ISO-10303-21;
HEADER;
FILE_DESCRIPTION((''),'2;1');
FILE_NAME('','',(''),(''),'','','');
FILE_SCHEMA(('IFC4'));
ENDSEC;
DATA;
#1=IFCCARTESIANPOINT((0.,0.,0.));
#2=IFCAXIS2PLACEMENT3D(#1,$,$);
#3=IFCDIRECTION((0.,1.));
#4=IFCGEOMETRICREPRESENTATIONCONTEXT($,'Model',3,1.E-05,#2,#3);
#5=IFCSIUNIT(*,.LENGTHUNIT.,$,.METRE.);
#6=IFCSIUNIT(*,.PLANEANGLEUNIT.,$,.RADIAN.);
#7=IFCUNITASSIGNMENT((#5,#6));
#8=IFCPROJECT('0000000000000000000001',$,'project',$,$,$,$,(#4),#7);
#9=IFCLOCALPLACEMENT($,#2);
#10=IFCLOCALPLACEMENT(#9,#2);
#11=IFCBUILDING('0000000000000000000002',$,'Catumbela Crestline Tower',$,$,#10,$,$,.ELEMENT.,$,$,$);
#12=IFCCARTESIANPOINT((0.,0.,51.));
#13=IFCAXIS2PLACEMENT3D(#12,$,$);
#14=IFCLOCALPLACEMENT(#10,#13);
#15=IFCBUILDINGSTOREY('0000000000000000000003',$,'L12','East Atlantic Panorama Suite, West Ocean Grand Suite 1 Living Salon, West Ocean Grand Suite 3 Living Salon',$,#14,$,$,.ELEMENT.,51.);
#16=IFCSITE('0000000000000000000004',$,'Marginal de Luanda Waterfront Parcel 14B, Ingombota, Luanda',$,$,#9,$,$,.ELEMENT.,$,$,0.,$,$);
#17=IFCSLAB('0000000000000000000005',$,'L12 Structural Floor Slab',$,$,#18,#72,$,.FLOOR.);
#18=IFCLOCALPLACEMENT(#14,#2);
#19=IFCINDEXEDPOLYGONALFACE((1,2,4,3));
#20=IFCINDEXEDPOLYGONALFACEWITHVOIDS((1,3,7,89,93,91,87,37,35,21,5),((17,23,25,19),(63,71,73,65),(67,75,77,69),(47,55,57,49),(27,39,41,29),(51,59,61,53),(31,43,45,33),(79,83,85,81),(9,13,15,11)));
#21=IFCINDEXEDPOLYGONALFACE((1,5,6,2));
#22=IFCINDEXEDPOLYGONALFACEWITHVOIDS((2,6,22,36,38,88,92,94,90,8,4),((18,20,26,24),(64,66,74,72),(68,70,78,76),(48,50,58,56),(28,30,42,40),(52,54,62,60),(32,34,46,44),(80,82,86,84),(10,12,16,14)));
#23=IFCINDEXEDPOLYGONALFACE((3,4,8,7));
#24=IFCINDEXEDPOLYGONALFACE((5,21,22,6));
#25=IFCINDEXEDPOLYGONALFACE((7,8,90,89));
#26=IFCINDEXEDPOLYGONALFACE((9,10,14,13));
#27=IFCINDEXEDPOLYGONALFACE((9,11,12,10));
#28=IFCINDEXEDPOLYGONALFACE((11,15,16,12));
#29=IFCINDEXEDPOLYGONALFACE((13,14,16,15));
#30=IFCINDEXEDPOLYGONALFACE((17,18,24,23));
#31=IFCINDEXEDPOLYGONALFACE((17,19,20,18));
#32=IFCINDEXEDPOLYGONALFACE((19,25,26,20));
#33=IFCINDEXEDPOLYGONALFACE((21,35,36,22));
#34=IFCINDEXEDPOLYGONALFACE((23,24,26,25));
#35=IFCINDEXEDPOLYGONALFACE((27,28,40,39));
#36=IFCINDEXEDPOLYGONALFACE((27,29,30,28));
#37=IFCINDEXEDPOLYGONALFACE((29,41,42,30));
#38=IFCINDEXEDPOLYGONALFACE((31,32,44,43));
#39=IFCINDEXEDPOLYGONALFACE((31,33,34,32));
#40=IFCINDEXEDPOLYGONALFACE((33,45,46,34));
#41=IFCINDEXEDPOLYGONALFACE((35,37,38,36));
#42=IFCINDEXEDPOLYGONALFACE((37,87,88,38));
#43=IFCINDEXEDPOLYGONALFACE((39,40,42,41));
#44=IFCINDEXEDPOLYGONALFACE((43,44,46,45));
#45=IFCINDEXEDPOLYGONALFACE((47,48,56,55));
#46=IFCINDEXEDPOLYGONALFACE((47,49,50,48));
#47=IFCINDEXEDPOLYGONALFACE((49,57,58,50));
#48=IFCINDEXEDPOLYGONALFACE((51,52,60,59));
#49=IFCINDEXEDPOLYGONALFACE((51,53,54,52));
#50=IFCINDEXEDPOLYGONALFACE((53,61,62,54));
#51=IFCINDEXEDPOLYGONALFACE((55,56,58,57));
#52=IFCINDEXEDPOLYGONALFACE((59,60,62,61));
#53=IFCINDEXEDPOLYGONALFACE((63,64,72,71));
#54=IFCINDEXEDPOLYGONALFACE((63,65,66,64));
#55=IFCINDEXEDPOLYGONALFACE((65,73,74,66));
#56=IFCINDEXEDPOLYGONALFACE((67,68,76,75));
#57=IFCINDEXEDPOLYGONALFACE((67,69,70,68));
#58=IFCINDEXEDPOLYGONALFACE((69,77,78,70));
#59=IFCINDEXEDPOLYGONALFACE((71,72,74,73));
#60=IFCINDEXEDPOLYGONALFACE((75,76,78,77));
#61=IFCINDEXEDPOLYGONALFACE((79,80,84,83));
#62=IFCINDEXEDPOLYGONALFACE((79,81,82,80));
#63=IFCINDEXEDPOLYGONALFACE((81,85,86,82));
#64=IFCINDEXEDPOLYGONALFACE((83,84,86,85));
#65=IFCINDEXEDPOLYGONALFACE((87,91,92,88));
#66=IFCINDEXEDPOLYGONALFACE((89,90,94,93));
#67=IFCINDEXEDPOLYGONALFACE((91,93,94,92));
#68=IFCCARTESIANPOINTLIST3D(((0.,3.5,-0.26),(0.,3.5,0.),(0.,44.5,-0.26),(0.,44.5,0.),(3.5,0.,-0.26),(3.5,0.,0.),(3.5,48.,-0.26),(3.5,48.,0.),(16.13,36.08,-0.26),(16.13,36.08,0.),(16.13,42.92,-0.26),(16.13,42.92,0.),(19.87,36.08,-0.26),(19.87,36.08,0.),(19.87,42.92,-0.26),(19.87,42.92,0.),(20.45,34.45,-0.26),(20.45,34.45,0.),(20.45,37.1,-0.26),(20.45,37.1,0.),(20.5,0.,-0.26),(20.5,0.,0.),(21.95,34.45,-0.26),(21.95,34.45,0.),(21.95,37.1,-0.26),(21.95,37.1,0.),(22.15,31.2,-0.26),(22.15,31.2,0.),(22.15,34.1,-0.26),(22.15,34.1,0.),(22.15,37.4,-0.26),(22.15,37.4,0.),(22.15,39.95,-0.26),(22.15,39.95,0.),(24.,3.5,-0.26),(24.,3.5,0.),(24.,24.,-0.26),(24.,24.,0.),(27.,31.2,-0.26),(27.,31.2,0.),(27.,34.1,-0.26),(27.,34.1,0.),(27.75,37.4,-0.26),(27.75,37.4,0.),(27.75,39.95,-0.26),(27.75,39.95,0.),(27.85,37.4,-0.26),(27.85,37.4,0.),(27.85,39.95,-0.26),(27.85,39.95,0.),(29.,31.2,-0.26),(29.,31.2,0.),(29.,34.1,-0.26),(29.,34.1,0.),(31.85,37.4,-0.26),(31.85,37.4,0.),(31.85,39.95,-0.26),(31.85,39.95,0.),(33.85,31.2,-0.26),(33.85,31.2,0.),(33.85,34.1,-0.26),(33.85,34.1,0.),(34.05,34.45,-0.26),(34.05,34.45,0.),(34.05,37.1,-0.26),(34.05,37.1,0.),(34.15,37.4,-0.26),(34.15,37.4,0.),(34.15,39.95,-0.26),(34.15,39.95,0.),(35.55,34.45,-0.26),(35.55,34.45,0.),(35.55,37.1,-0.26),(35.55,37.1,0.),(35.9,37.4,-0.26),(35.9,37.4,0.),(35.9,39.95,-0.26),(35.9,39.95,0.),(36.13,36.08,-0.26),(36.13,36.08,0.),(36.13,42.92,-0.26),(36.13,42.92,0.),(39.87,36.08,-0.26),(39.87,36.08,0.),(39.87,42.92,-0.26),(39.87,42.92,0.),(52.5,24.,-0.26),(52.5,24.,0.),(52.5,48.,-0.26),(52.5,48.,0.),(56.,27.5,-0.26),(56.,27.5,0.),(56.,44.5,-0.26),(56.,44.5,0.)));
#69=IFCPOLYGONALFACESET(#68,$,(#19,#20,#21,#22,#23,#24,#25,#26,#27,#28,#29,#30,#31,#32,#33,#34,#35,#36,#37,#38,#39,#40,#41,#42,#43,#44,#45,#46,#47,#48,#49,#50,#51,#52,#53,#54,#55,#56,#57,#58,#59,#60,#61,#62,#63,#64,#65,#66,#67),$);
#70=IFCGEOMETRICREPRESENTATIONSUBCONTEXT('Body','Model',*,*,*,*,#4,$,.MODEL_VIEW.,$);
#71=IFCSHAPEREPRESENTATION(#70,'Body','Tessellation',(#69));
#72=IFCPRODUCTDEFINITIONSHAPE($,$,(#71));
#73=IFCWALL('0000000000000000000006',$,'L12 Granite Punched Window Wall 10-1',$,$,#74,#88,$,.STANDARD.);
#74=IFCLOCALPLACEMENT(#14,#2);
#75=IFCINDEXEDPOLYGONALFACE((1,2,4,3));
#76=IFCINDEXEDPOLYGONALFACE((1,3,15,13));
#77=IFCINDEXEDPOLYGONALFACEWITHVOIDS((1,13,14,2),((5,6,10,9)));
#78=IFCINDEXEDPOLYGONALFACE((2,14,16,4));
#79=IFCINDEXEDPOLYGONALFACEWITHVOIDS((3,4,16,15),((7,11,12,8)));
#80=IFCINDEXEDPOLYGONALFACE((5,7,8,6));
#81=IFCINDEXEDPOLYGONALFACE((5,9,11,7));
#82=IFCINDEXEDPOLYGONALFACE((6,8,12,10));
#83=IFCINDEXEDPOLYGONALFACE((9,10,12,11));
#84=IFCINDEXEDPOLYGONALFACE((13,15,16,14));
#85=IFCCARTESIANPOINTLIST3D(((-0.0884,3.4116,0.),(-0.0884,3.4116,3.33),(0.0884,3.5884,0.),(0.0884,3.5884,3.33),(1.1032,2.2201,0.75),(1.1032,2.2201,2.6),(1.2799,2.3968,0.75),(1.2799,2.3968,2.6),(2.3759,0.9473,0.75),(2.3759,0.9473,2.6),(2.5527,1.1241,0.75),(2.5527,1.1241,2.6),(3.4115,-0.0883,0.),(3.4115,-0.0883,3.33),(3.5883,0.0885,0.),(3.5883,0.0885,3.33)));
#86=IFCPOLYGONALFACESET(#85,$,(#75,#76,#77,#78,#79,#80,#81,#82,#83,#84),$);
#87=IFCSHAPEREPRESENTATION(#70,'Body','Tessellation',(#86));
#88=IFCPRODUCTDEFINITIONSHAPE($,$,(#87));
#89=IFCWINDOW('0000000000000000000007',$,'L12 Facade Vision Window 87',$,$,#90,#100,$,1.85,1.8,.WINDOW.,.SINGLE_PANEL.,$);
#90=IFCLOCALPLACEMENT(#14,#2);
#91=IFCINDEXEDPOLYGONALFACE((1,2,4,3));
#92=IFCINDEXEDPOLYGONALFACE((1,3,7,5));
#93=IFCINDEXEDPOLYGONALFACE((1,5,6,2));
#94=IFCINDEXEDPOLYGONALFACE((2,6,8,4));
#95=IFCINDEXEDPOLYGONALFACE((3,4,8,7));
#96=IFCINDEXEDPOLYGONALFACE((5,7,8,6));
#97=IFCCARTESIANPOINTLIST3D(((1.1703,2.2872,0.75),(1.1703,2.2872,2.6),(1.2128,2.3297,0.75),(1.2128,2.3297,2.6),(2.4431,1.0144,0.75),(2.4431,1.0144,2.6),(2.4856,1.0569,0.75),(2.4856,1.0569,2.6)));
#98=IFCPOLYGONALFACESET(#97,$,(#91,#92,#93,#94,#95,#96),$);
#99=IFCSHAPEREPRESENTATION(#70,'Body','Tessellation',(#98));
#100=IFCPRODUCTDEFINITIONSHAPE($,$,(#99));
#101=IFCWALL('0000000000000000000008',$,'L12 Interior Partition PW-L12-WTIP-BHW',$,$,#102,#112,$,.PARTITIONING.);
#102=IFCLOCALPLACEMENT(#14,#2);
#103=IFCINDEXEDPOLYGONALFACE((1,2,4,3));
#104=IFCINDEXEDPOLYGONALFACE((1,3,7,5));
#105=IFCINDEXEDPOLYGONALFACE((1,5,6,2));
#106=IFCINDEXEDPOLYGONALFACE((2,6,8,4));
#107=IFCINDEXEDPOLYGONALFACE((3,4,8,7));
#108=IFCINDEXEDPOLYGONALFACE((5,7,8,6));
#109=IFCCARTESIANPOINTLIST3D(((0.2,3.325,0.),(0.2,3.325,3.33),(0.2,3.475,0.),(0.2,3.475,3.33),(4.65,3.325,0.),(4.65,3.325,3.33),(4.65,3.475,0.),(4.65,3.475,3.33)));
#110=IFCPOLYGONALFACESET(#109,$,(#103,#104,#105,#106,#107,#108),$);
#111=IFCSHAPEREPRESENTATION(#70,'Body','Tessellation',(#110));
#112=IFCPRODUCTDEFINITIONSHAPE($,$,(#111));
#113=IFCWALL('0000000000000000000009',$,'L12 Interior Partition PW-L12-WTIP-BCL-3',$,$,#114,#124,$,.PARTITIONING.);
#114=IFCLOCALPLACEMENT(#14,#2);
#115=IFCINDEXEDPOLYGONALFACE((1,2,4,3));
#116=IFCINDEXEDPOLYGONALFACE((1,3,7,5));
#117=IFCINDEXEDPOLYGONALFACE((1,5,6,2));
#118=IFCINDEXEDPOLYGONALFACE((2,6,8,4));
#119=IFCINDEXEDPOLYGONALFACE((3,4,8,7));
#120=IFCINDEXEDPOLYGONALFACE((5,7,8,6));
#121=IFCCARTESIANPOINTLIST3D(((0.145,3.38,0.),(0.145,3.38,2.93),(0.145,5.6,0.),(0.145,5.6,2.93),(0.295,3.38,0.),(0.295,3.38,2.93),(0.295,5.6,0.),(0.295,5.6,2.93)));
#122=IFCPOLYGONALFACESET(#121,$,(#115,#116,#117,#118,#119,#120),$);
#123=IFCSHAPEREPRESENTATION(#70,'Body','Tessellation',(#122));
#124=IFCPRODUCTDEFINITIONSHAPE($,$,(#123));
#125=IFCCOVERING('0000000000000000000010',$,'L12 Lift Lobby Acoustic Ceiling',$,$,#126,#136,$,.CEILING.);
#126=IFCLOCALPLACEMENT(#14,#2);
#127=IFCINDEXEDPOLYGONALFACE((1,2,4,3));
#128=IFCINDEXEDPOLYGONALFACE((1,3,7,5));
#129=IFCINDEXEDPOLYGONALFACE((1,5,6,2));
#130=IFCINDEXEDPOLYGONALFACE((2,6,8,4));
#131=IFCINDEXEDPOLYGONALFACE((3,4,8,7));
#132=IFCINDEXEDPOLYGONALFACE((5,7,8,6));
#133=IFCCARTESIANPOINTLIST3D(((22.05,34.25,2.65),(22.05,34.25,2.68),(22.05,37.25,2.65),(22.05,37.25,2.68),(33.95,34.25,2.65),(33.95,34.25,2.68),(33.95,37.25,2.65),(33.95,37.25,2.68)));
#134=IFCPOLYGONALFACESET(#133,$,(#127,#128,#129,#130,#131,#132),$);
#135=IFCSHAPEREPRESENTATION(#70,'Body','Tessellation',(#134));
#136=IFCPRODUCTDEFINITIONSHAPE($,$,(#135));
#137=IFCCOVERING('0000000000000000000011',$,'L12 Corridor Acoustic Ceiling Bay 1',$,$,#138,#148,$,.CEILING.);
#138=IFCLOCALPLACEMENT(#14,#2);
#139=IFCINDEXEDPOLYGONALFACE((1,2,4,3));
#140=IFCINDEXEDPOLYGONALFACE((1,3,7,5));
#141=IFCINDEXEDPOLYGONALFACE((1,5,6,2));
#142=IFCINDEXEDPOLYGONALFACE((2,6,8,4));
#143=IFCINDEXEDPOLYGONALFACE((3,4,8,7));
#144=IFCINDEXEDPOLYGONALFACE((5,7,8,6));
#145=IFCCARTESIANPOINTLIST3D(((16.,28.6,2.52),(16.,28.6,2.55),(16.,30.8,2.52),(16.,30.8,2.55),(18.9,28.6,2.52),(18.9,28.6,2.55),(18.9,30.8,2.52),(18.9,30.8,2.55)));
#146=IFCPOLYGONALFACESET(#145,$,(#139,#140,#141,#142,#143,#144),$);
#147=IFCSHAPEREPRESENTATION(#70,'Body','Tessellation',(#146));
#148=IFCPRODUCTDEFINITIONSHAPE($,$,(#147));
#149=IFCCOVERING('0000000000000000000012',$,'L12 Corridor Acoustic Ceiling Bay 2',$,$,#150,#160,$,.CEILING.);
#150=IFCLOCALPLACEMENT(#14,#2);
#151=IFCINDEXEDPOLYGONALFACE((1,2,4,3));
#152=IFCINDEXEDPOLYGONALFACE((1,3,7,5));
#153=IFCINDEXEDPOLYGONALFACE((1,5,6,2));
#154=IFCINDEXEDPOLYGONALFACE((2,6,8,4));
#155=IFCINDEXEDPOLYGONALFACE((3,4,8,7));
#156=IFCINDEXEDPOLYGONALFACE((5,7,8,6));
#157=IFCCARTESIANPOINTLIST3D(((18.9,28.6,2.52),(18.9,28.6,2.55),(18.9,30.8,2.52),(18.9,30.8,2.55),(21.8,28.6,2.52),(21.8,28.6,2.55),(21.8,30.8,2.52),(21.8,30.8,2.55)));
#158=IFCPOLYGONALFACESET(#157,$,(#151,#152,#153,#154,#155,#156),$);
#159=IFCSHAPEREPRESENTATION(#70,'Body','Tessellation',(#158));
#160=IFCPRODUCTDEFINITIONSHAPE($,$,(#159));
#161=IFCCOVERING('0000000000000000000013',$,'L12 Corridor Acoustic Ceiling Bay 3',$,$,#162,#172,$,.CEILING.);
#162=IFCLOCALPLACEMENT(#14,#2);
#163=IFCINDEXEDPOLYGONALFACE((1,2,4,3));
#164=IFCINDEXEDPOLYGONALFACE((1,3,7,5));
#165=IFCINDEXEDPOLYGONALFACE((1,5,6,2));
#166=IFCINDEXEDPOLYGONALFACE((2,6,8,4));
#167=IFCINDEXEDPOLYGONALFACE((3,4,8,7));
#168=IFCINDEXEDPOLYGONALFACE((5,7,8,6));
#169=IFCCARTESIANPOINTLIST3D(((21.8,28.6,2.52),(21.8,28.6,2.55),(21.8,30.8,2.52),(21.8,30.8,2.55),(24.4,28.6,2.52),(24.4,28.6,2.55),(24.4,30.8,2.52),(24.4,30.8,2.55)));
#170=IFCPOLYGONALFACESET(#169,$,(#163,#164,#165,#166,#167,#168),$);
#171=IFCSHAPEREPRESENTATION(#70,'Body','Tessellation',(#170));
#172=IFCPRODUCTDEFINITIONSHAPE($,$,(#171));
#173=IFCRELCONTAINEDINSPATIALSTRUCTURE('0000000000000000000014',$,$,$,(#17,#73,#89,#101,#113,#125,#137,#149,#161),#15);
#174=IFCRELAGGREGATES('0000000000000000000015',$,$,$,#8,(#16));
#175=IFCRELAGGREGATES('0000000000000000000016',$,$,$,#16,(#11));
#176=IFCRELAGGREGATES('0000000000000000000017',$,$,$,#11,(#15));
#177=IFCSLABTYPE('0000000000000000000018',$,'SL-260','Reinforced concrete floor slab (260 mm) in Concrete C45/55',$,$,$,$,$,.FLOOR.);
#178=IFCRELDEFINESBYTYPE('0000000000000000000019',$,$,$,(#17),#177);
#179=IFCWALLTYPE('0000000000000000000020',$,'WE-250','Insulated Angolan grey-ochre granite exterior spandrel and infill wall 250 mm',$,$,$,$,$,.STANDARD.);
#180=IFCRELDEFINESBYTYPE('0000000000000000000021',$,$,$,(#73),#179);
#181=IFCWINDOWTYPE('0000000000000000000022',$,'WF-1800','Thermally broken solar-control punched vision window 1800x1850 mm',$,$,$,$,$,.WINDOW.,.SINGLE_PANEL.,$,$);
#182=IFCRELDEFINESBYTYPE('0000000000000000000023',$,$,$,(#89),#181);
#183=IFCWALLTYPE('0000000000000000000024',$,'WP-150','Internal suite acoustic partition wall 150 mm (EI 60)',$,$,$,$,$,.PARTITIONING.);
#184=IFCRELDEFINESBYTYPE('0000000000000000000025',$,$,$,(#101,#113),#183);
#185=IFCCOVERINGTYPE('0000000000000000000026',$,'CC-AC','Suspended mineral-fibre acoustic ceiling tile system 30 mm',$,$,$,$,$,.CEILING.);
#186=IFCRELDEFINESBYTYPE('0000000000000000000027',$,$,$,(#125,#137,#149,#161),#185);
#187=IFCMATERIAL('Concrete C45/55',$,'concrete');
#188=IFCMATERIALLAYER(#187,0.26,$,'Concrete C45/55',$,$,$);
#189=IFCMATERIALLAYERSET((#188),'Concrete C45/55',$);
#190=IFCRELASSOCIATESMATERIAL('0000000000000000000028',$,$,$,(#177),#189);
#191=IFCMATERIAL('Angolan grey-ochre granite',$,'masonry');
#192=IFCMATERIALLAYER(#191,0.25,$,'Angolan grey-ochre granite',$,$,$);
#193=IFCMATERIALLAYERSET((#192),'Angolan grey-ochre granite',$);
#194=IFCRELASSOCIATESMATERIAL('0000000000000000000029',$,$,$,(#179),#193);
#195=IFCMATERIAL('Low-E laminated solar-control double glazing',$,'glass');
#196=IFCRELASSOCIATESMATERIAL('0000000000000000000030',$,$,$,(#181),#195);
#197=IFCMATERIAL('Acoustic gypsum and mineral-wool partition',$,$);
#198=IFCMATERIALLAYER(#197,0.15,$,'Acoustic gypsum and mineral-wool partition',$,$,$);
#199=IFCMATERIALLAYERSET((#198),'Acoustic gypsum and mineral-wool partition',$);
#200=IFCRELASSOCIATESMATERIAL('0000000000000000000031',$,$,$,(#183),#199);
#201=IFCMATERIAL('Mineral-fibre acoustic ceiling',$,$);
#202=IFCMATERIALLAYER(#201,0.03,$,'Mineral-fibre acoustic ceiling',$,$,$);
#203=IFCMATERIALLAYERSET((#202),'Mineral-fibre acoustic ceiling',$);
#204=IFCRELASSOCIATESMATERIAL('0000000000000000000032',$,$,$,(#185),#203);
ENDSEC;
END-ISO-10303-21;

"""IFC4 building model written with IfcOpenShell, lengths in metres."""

from ifc_helpers import new_model, si_unit, direction, frame, frame_2d, origin, place, context, subcontext, project, spatial, polyline, rectangle, outline, extrude, material, layer, layer_set, type_object, element, fill, save


model = new_model("IFC4")

# Units and contexts
model_context = context("Model", 3, precision=1e-05, world=origin(), true_north=direction((0.0, 1.0)))
body_context = subcontext(model_context, "Body", "Model", "MODEL_VIEW")
ifc_project = project(units=[si_unit("LENGTHUNIT", "METRE"), si_unit("PLANEANGLEUNIT", "RADIAN")], contexts=[model_context])

# Site, building, storey
site_placement = place(None, origin())
site = spatial("IfcSite", under=ifc_project, at=site_placement, Name="Marginal de Luanda Waterfront Parcel 14B, Ingombota, Luanda", CompositionType="ELEMENT", RefElevation=0.0)
building_placement = place(site_placement, origin())
building = spatial("IfcBuilding", under=site, at=building_placement, Name="Catumbela Crestline Tower", CompositionType="ELEMENT")
storey_placement = place(building_placement, frame((0.0, 0.0, 51.0)))
storey = spatial("IfcBuildingStorey", under=building, at=storey_placement, Name="L12", Description="East Atlantic Panorama Suite, West Ocean Grand Suite 1 Living Salon, West Ocean Grand Suite 3 Living Salon", CompositionType="ELEMENT", Elevation=51.0)

# Shared definitions
ifc_material_1 = material(Name="Concrete C45/55", Category="concrete")

# Slab
ifc_layer_1 = layer(ifc_material_1, 0.26, Name="Concrete C45/55")
ifc_layer_set_1 = layer_set([ifc_layer_1], Name="Concrete C45/55")
slab_type_1 = type_object("IfcSlabType", Name="SL-260", Description="Reinforced concrete floor slab (260 mm) in Concrete C45/55", PredefinedType="FLOOR", material=ifc_layer_set_1)
slab_1_placement = place(storey_placement, frame((0.0, 0.0, -0.26)))
element("IfcSlab", 1, at=slab_1_placement, inside=storey, type_object=slab_type_1, Name="L12 Structural Floor Slab", PredefinedType="FLOOR", context=body_context, shape_type="SweptSolid", body=[
    extrude(outline(polyline([(3.5, 0.0), (20.5, 0.0), (24.0, 3.5), (24.0, 24.0), (52.5, 24.0), (56.0, 27.5), (56.0, 44.5), (52.5, 48.0), (3.5, 48.0), (0.0, 44.5), (0.0, 3.5), (3.5, 0.0)]), holes=[polyline([(16.13, 36.08), (19.87, 36.08), (19.87, 42.92), (16.13, 42.92), (16.13, 36.08)]), polyline([(36.13, 36.08), (39.87, 36.08), (39.87, 42.92), (36.13, 42.92), (36.13, 36.08)]), polyline([(22.15, 31.2), (27.0, 31.2), (27.0, 34.1), (22.15, 34.1), (22.15, 31.2)]), polyline([(29.0, 31.2), (33.85, 31.2), (33.85, 34.1), (29.0, 34.1), (29.0, 31.2)]), polyline([(22.15, 37.4), (27.75, 37.4), (27.75, 39.95), (22.15, 39.95), (22.15, 37.4)]), polyline([(27.85, 37.4), (31.85, 37.4), (31.85, 39.95), (27.85, 39.95), (27.85, 37.4)]), polyline([(20.45, 34.45), (21.95, 34.45), (21.95, 37.1), (20.45, 37.1), (20.45, 34.45)]), polyline([(34.05, 34.45), (35.55, 34.45), (35.55, 37.1), (34.05, 37.1), (34.05, 34.45)]), polyline([(34.15, 37.4), (35.9, 37.4), (35.9, 39.95), (34.15, 39.95), (34.15, 37.4)])]), origin(), (0.0, 0.0, 1.0), 0.26),
])

# Wall, opening, window
ifc_material_2 = material(Name="Angolan grey-ochre granite", Category="masonry")
ifc_layer_2 = layer(ifc_material_2, 0.25, Name="Angolan grey-ochre granite")
ifc_layer_set_2 = layer_set([ifc_layer_2], Name="Angolan grey-ochre granite")
wall_type_1 = type_object("IfcWallType", Name="WE-250", Description="Insulated Angolan grey-ochre granite exterior spandrel and infill wall 250 mm", PredefinedType="STANDARD", material=ifc_layer_set_2)
wall_1_placement = place(storey_placement, frame((0.0, 3.5, 0.0), z_axis=(0.0, 0.0, 1.0), x_axis=(0.707107, -0.707107, 0.0)))
wall_1 = element("IfcWall", 2, at=wall_1_placement, inside=storey, type_object=wall_type_1, Name="L12 Granite Punched Window Wall 10-1", PredefinedType="STANDARD", context=body_context, shape_type="SweptSolid", body=[
    extrude(rectangle(XDim=4.9497, YDim=0.25, at=frame_2d((2.4748, 0.0))), origin(), (0.0, 0.0, 1.0), 3.33),
])
opening_placement = place(wall_1_placement, frame((1.6851, 0.0, 0.75)))
opening = element("IfcOpeningElement", 3, at=opening_placement, cuts=wall_1, PredefinedType="OPENING", context=body_context, shape_type="SweptSolid", body=[
    extrude(rectangle(XDim=1.8, YDim=1.85, at=frame_2d((0.9, 0.925))), frame((0.0, 0.135, 0.0), z_axis=(0.0, -1.0, 0.0), x_axis=(1.0, 0.0, 0.0)), (0.0, 0.0, 1.0), 0.27),
])
ifc_material_3 = material(Name="Low-E laminated solar-control double glazing", Category="glass")
window_type = type_object("IfcWindowType", Name="WF-1800", Description="Thermally broken solar-control punched vision window 1800x1850 mm", PartitioningType="SINGLE_PANEL", PredefinedType="WINDOW", material=ifc_material_3)
window_placement = place(opening_placement, origin())
window = element("IfcWindow", 4, at=window_placement, inside=storey, type_object=window_type, Name="L12 Facade Vision Window 87", OverallHeight=1.85, OverallWidth=1.8, PartitioningType="SINGLE_PANEL", PredefinedType="WINDOW", context=body_context, shape_type="SweptSolid", body=[
    extrude(rectangle(XDim=1.8, YDim=1.85, at=frame_2d((0.9, 0.925))), frame((0.0, 0.03, 0.0), z_axis=(0.0, -1.0, 0.0), x_axis=(1.0, 0.0, 0.0)), (0.0, 0.0, 1.0), 0.06),
])
fill(opening, window)

# Walls
ifc_material_4 = material(Name="Acoustic gypsum and mineral-wool partition")
ifc_layer_3 = layer(ifc_material_4, 0.15, Name="Acoustic gypsum and mineral-wool partition")
ifc_layer_set_3 = layer_set([ifc_layer_3], Name="Acoustic gypsum and mineral-wool partition")
wall_type_2 = type_object("IfcWallType", Name="WP-150", Description="Internal suite acoustic partition wall 150 mm (EI 60)", PredefinedType="PARTITIONING", material=ifc_layer_set_3)
wall_2_placement = place(storey_placement, frame((0.2, 3.4, 0.0), z_axis=(0.0, 0.0, 1.0), x_axis=(1.0, 0.0, 0.0)))
element("IfcWall", 5, at=wall_2_placement, inside=storey, type_object=wall_type_2, Name="L12 Interior Partition PW-L12-WTIP-BHW", PredefinedType="PARTITIONING", context=body_context, shape_type="SweptSolid", body=[
    extrude(rectangle(XDim=4.45, YDim=0.15, at=frame_2d((2.225, 0.0))), origin(), (0.0, 0.0, 1.0), 3.33),
])
wall_3_placement = place(storey_placement, frame((0.22, 3.38, 0.0), z_axis=(0.0, 0.0, 1.0), x_axis=(0.0, 1.0, 0.0)))
element("IfcWall", 6, at=wall_3_placement, inside=storey, type_object=wall_type_2, Name="L12 Interior Partition PW-L12-WTIP-BCL-3", PredefinedType="PARTITIONING", context=body_context, shape_type="SweptSolid", body=[
    extrude(rectangle(XDim=2.22, YDim=0.15, at=frame_2d((1.11, 0.0))), origin(), (0.0, 0.0, 1.0), 2.93),
])

# Coverings
ifc_material_5 = material(Name="Mineral-fibre acoustic ceiling")
ifc_layer_4 = layer(ifc_material_5, 0.03, Name="Mineral-fibre acoustic ceiling")
ifc_layer_set_4 = layer_set([ifc_layer_4], Name="Mineral-fibre acoustic ceiling")
covering_type_1 = type_object("IfcCoveringType", Name="CC-AC", Description="Suspended mineral-fibre acoustic ceiling tile system 30 mm", PredefinedType="CEILING", material=ifc_layer_set_4)
covering_1_placement = place(storey_placement, frame((0.0, 0.0, 2.65)))
element("IfcCovering", 7, at=covering_1_placement, inside=storey, type_object=covering_type_1, Name="L12 Lift Lobby Acoustic Ceiling", PredefinedType="CEILING", context=body_context, shape_type="SweptSolid", body=[
    extrude(outline(polyline([(22.05, 34.25), (33.95, 34.25), (33.95, 37.25), (22.05, 37.25), (22.05, 34.25)])), origin(), (0.0, 0.0, 1.0), 0.03),
])
covering_2_placement = place(storey_placement, frame((0.0, 0.0, 2.52)))
element("IfcCovering", 8, at=covering_2_placement, inside=storey, type_object=covering_type_1, Name="L12 Corridor Acoustic Ceiling Bay 1", PredefinedType="CEILING", context=body_context, shape_type="SweptSolid", body=[
    extrude(outline(polyline([(16.0, 28.6), (18.9, 28.6), (18.9, 30.8), (16.0, 30.8), (16.0, 28.6)])), origin(), (0.0, 0.0, 1.0), 0.03),
])
covering_3_placement = place(storey_placement, frame((0.0, 0.0, 2.52)))
element("IfcCovering", 9, at=covering_3_placement, inside=storey, type_object=covering_type_1, Name="L12 Corridor Acoustic Ceiling Bay 2", PredefinedType="CEILING", context=body_context, shape_type="SweptSolid", body=[
    extrude(outline(polyline([(18.9, 28.6), (21.8, 28.6), (21.8, 30.8), (18.9, 30.8), (18.9, 28.6)])), origin(), (0.0, 0.0, 1.0), 0.03),
])
covering_4_placement = place(storey_placement, frame((0.0, 0.0, 2.52)))
element("IfcCovering", 10, at=covering_4_placement, inside=storey, type_object=covering_type_1, Name="L12 Corridor Acoustic Ceiling Bay 3", PredefinedType="CEILING", context=body_context, shape_type="SweptSolid", body=[
    extrude(outline(polyline([(21.8, 28.6), (24.4, 28.6), (24.4, 30.8), (21.8, 30.8), (21.8, 28.6)])), origin(), (0.0, 0.0, 1.0), 0.03),
])

save(model, "model.ifc")
